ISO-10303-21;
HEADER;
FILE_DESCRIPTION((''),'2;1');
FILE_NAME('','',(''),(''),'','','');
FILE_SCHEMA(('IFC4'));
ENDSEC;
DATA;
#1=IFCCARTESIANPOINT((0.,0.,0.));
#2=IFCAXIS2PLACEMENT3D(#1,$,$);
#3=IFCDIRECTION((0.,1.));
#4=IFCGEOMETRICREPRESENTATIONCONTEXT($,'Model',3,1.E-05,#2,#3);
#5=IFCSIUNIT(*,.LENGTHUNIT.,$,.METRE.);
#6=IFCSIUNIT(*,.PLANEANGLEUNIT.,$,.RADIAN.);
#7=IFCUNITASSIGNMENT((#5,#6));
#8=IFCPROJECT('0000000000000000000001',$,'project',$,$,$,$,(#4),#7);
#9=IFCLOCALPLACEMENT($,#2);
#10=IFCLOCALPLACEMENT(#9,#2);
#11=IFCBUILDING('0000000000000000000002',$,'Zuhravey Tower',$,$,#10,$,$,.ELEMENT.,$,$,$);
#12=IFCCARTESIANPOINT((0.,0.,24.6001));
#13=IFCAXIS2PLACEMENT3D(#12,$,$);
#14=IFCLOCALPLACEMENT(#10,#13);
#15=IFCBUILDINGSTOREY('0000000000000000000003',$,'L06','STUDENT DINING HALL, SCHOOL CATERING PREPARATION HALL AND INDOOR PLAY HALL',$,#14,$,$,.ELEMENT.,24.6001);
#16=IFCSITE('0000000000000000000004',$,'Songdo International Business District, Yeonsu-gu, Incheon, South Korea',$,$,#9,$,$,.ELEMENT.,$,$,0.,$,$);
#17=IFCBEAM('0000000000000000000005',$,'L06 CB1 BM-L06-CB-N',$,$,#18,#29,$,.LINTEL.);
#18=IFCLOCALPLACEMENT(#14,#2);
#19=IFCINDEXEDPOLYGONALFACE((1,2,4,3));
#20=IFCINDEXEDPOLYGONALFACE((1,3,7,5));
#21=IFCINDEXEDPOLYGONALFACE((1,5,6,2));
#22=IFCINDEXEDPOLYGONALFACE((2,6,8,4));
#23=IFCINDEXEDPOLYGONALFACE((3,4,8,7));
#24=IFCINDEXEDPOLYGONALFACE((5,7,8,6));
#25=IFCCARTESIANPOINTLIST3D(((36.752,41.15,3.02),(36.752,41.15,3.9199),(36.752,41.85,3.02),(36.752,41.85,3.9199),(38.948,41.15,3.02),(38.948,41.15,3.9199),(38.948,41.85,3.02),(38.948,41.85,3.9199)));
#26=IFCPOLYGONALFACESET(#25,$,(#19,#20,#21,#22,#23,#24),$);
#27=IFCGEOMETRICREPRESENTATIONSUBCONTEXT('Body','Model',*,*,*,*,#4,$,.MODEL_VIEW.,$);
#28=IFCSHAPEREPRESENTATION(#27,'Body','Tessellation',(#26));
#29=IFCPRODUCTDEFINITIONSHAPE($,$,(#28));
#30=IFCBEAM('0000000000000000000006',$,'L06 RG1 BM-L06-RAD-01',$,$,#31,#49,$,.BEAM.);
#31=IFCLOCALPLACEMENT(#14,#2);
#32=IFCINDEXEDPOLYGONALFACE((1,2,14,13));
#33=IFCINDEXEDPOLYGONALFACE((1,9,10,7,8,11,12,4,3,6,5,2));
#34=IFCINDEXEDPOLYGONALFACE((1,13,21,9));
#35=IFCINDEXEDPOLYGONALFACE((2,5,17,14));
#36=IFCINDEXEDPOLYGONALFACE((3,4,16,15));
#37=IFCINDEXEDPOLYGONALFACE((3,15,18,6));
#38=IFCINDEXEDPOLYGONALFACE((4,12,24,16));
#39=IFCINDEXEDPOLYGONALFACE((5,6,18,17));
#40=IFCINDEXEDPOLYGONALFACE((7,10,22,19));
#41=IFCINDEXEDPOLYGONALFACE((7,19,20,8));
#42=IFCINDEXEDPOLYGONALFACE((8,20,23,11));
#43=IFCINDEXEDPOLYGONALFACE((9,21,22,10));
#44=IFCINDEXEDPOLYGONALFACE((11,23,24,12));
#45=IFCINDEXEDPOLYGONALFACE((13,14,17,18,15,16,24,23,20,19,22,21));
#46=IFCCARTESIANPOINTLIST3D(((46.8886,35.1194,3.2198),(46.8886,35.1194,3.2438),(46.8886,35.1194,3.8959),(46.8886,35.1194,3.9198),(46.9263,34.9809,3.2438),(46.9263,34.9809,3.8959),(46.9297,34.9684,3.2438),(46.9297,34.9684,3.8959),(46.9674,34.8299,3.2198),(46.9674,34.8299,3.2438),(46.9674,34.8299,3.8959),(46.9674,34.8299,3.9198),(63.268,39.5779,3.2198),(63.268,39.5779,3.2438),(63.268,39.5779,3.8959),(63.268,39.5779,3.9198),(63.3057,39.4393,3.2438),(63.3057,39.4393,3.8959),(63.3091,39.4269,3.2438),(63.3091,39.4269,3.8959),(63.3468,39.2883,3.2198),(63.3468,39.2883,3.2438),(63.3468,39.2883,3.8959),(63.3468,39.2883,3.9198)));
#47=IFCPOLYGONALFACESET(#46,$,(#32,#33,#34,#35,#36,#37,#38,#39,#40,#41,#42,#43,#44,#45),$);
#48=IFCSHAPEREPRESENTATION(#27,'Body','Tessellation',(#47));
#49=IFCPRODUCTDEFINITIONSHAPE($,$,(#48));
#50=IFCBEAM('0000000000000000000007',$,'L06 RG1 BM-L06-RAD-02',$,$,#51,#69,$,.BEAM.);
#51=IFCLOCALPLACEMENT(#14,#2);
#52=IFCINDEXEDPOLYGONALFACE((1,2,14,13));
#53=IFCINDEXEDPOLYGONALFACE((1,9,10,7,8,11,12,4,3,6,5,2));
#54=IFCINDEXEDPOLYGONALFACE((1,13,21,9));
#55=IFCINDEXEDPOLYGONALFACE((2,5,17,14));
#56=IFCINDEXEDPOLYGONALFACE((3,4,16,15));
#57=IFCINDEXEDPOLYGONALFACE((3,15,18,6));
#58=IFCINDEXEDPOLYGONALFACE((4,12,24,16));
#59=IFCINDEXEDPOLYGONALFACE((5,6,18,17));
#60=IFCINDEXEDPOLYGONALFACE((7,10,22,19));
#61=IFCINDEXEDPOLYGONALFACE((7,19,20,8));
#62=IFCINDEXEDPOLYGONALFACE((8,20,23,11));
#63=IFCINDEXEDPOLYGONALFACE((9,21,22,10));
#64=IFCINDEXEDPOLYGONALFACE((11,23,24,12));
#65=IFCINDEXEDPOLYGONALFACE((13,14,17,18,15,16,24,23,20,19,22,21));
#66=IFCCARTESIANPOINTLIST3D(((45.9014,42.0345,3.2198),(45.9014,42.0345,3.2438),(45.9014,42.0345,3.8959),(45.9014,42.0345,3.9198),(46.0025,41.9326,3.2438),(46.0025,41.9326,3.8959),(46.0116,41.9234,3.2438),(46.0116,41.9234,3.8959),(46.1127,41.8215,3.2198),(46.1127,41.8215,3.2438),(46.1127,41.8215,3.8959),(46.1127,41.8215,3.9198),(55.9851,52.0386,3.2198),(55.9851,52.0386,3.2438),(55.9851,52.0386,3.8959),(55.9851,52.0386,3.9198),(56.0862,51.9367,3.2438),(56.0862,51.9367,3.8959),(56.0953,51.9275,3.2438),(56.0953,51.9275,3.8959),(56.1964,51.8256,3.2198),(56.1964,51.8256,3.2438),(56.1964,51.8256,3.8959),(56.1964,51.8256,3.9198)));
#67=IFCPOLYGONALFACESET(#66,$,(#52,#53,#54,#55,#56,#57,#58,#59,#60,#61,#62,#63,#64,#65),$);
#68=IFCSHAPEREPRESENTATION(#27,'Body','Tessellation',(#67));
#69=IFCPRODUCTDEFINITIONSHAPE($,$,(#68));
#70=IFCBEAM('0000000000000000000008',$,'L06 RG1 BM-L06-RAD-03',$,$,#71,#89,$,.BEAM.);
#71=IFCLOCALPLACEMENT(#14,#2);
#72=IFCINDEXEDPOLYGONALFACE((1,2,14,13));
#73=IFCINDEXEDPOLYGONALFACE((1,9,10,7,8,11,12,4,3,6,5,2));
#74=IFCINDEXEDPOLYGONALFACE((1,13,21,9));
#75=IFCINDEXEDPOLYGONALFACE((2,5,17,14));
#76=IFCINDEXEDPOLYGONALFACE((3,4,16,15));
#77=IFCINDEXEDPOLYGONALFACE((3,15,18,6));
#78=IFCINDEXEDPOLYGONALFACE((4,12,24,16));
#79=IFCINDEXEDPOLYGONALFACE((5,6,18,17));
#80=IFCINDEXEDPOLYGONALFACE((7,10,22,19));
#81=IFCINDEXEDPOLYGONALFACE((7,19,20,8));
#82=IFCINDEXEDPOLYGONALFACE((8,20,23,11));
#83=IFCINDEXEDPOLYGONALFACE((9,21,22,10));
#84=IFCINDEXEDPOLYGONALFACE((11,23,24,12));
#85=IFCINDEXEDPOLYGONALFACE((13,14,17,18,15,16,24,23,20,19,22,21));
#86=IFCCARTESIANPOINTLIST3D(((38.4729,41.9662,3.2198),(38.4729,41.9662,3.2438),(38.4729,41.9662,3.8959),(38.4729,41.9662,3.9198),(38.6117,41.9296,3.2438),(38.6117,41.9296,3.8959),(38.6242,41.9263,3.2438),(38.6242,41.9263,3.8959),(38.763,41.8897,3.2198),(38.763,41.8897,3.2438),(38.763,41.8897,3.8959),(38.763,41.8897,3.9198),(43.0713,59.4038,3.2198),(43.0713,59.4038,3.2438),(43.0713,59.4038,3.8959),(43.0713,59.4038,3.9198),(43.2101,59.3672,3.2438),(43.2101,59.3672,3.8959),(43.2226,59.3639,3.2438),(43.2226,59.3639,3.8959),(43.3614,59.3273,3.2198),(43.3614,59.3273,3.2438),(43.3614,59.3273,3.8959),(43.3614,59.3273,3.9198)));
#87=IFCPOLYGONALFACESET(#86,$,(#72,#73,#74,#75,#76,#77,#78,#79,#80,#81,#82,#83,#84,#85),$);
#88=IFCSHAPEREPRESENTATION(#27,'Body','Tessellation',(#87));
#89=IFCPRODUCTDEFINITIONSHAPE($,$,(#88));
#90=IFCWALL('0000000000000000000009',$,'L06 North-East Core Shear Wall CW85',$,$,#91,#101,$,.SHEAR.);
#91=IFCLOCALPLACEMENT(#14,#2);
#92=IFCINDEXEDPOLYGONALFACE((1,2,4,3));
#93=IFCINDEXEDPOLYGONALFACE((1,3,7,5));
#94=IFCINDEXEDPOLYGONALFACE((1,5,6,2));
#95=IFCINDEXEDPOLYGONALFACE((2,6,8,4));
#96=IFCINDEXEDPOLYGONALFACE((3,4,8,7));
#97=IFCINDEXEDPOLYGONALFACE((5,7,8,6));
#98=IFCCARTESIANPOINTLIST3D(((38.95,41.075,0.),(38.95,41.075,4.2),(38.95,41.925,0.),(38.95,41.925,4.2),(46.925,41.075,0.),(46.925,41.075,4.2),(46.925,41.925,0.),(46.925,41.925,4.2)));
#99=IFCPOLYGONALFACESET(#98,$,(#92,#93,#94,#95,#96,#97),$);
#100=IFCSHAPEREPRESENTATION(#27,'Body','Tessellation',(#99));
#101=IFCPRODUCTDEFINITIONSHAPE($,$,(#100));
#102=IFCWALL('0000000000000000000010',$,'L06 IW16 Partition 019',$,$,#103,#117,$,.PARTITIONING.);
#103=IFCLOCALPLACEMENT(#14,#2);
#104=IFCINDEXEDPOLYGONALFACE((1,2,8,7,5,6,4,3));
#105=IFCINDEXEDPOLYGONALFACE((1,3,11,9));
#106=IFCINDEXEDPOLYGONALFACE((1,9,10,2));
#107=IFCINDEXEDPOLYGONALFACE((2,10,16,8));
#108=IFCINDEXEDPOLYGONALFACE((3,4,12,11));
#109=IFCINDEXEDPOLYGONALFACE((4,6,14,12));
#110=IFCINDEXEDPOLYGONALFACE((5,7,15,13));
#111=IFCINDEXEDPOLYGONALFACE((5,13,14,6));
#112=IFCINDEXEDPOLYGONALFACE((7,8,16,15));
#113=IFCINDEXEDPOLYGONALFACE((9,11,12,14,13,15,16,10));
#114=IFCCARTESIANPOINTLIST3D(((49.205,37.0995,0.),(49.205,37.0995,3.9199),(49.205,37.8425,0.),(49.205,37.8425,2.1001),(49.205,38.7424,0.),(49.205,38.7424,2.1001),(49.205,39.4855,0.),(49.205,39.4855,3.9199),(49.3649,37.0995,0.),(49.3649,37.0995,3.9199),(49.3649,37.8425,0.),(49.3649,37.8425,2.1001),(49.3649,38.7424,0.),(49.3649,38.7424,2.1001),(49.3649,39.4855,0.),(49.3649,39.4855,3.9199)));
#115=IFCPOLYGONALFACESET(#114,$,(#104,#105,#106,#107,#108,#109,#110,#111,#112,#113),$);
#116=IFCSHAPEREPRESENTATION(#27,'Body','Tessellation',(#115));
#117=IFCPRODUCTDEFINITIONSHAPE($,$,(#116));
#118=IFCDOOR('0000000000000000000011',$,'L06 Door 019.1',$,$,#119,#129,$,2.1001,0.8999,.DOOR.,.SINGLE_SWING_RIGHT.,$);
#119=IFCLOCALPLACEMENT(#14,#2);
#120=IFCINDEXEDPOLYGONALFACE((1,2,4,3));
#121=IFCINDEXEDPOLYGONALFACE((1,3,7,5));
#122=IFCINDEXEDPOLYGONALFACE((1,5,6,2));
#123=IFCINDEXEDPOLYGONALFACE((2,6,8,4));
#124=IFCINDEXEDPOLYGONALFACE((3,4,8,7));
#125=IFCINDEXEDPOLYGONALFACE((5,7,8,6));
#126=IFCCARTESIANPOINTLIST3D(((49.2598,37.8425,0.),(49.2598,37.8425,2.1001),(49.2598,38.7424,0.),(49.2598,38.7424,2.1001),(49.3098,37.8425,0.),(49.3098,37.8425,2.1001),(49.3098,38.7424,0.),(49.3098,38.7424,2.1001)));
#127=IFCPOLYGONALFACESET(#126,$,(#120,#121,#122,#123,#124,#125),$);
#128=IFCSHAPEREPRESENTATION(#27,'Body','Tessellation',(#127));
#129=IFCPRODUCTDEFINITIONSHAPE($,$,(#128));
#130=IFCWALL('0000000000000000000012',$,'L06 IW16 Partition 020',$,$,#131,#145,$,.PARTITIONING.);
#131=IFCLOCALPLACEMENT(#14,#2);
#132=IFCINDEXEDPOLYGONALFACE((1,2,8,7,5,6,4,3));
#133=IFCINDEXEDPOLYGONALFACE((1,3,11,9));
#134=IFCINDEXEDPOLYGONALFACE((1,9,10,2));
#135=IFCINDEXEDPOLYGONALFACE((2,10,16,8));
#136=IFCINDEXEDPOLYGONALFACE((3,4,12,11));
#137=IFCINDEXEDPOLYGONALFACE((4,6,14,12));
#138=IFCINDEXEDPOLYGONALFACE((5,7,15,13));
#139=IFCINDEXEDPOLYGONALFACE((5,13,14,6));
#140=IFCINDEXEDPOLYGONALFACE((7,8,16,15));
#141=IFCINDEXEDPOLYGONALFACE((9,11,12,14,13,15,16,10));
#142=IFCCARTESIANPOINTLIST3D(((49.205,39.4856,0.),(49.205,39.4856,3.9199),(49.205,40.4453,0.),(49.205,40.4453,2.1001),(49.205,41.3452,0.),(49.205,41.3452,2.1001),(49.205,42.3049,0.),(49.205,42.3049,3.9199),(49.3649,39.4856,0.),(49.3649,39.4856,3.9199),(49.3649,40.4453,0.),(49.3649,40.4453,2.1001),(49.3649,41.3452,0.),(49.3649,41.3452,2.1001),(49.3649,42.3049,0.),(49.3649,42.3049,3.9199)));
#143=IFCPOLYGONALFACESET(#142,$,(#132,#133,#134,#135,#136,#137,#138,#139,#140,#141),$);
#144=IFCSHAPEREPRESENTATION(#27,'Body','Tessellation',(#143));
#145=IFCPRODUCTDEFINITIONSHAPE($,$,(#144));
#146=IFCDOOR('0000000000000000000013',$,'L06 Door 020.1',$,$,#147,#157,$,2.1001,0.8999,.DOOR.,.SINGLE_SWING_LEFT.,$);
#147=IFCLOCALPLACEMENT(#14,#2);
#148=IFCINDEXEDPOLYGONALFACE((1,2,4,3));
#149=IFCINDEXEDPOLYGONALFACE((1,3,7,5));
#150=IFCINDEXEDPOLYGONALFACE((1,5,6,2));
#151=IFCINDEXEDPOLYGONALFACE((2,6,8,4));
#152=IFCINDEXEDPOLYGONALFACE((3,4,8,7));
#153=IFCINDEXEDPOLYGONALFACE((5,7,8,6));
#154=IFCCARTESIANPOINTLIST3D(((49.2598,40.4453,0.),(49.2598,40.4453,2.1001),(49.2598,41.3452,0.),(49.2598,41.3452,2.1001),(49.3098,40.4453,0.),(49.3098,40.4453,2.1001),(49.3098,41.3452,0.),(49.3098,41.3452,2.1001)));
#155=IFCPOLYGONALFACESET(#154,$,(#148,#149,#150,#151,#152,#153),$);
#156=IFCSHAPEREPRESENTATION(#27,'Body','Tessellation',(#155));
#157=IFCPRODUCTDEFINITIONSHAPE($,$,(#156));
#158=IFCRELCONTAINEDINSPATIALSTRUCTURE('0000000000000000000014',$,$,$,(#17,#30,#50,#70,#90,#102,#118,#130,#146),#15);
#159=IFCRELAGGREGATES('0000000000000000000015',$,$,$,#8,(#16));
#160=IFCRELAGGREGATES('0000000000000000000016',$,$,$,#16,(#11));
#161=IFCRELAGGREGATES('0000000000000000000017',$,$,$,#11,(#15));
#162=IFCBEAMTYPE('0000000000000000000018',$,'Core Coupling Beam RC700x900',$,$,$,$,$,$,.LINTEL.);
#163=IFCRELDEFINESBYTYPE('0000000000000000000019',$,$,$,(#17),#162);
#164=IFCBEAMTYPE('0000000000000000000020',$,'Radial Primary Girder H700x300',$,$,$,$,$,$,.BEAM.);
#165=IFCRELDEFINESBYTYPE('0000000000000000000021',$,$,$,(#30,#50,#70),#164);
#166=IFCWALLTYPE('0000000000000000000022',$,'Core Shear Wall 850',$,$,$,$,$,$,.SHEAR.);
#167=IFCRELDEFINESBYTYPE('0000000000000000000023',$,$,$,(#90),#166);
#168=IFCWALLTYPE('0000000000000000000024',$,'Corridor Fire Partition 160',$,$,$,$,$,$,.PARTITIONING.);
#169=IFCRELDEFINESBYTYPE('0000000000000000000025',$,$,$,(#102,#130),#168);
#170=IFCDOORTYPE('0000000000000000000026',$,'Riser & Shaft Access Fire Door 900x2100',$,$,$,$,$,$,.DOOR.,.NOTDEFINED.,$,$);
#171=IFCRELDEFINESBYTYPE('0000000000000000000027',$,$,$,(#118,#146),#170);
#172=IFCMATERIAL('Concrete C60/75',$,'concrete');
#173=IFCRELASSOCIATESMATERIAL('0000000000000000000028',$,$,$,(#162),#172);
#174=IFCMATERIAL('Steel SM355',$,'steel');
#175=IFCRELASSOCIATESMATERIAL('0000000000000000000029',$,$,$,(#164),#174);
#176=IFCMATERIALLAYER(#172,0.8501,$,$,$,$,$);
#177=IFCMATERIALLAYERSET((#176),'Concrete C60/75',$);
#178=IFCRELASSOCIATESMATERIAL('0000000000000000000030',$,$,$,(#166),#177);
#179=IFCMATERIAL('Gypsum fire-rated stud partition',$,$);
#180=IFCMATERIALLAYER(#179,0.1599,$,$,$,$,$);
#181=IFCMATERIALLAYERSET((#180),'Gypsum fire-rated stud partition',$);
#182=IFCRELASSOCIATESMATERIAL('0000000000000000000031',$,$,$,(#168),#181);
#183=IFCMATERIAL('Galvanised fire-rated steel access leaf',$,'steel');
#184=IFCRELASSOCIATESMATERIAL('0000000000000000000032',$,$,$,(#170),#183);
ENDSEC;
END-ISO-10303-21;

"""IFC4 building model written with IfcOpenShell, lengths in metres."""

from ifc_helpers import new_model, si_unit, direction, frame, frame_2d, origin, origin_2d, place, context, subcontext, project, spatial, rectangle, i_section, extrude, material, layer, layer_set, material_profile, profile_set, type_object, element, fill, save


model = new_model("IFC4")

# Units and contexts
model_context = context("Model", 3, precision=1e-05, world=origin(), true_north=direction((0.0, 1.0)))
body_context = subcontext(model_context, "Body", "Model", "MODEL_VIEW")
ifc_project = project(units=[si_unit("LENGTHUNIT", "METRE"), si_unit("PLANEANGLEUNIT", "RADIAN")], contexts=[model_context])

# Site, building, storey
site_placement = place(None, origin())
site = spatial("IfcSite", under=ifc_project, at=site_placement, Name="Songdo International Business District, Yeonsu-gu, Incheon, South Korea", CompositionType="ELEMENT", RefElevation=0.0)
building_placement = place(site_placement, origin())
building = spatial("IfcBuilding", under=site, at=building_placement, Name="Zuhravey Tower", CompositionType="ELEMENT")
storey_placement = place(building_placement, frame((0.0, 0.0, 24.6001)))
storey = spatial("IfcBuildingStorey", under=building, at=storey_placement, Name="L06", Description="STUDENT DINING HALL, SCHOOL CATERING PREPARATION HALL AND INDOOR PLAY HALL", CompositionType="ELEMENT", Elevation=24.6001)

# Beams
ifc_material_1 = material(Name="Concrete C60/75", Category="concrete")
ifc_material_profile_1 = material_profile(ifc_material_1, rectangle(XDim=0.7, YDim=0.8999, at=origin_2d()), Name="RC-700x900")
ifc_profile_set_1 = profile_set([ifc_material_profile_1], Name="Concrete C60/75")
beam_type_1 = type_object("IfcBeamType", Name="Core Coupling Beam RC700x900", PredefinedType="LINTEL", material=ifc_profile_set_1)
beam_1_placement = place(storey_placement, frame((36.752, 41.5, 3.47), z_axis=(1.0, 0.0, 0.0), x_axis=(0.0, 1.0, 0.0)))
element("IfcBeam", 1, at=beam_1_placement, inside=storey, type_object=beam_type_1, Name="L06 CB1 BM-L06-CB-N", PredefinedType="LINTEL", context=body_context, shape_type="SweptSolid", body=[
    extrude(rectangle(XDim=0.7, YDim=0.8999, at=origin_2d()), origin(), (0.0, 0.0, 1.0), 2.196),
])
ifc_material_2 = material(Name="Steel SM355", Category="steel")
ifc_material_profile_2 = material_profile(ifc_material_2, i_section(OverallWidth=0.3, OverallDepth=0.7, WebThickness=0.0129, FlangeThickness=0.0239, at=origin_2d()), Name="H-700x300x13x24")
ifc_profile_set_2 = profile_set([ifc_material_profile_2], Name="Steel SM355")
beam_type_2 = type_object("IfcBeamType", Name="Radial Primary Girder H700x300", PredefinedType="BEAM", material=ifc_profile_set_2)
beam_2_placement = place(storey_placement, frame((46.928, 34.9746, 3.5698), z_axis=(0.964892, 0.262645, 0.0), x_axis=(-0.262645, 0.964892, 0.0)))
element("IfcBeam", 2, at=beam_2_placement, inside=storey, type_object=beam_type_2, Name="L06 RG1 BM-L06-RAD-01", PredefinedType="BEAM", context=body_context, shape_type="SweptSolid", body=[
    extrude(i_section(OverallWidth=0.3, OverallDepth=0.7, WebThickness=0.0129, FlangeThickness=0.0239, at=origin_2d()), origin(), (0.0, 0.0, 1.0), 16.9753),
])
beam_3_placement = place(storey_placement, frame((46.0071, 41.928, 3.5698), z_axis=(0.709903, 0.7043, 0.0), x_axis=(-0.7043, 0.709903, 0.0)))
element("IfcBeam", 3, at=beam_3_placement, inside=storey, type_object=beam_type_2, Name="L06 RG1 BM-L06-RAD-02", PredefinedType="BEAM", context=body_context, shape_type="SweptSolid", body=[
    extrude(i_section(OverallWidth=0.3, OverallDepth=0.7, WebThickness=0.0129, FlangeThickness=0.0239, at=origin_2d()), origin(), (0.0, 0.0, 1.0), 14.2043),
])
beam_4_placement = place(storey_placement, frame((38.6179, 41.928, 3.5698), z_axis=(0.25499, 0.966944, 0.0), x_axis=(-0.966944, 0.25499, 0.0)))
element("IfcBeam", 4, at=beam_4_placement, inside=storey, type_object=beam_type_2, Name="L06 RG1 BM-L06-RAD-03", PredefinedType="BEAM", context=body_context, shape_type="SweptSolid", body=[
    extrude(i_section(OverallWidth=0.3, OverallDepth=0.7, WebThickness=0.0129, FlangeThickness=0.0239, at=origin_2d()), origin(), (0.0, 0.0, 1.0), 18.0337),
])

# Wall
ifc_layer_1 = layer(ifc_material_1, 0.8501)
ifc_layer_set_1 = layer_set([ifc_layer_1], Name="Concrete C60/75")
wall_type_1 = type_object("IfcWallType", Name="Core Shear Wall 850", PredefinedType="SHEAR", material=ifc_layer_set_1)
wall_1_placement = place(storey_placement, frame((46.925, 41.5, 0.0), z_axis=(0.0, 0.0, 1.0), x_axis=(-1.0, 0.0, 0.0)))
element("IfcWall", 5, at=wall_1_placement, inside=storey, type_object=wall_type_1, Name="L06 North-East Core Shear Wall CW85", PredefinedType="SHEAR", context=body_context, shape_type="SweptSolid", body=[
    extrude(rectangle(XDim=7.9751, YDim=0.8501, at=frame_2d((3.9875, 0.0))), origin(), (0.0, 0.0, 1.0), 4.2),
])

# Walls, openings, doors
ifc_material_3 = material(Name="Gypsum fire-rated stud partition")
ifc_layer_2 = layer(ifc_material_3, 0.1599)
ifc_layer_set_2 = layer_set([ifc_layer_2], Name="Gypsum fire-rated stud partition")
wall_type_2 = type_object("IfcWallType", Name="Corridor Fire Partition 160", PredefinedType="PARTITIONING", material=ifc_layer_set_2)
wall_2_placement = place(storey_placement, frame((49.2849, 37.0996, 0.0), z_axis=(0.0, 0.0, 1.0), x_axis=(0.0, 1.0, 0.0)))
wall_2 = element("IfcWall", 6, at=wall_2_placement, inside=storey, type_object=wall_type_2, Name="L06 IW16 Partition 019", PredefinedType="PARTITIONING", context=body_context, shape_type="SweptSolid", body=[
    extrude(rectangle(XDim=2.386, YDim=0.1599, at=frame_2d((1.1929, 0.0))), origin(), (0.0, 0.0, 1.0), 3.9199),
])
opening_1_placement = place(wall_2_placement, frame((0.7429, 0.0, 0.0)))
opening_1 = element("IfcOpeningElement", 7, at=opening_1_placement, cuts=wall_2, PredefinedType="OPENING", context=body_context, shape_type="SweptSolid", body=[
    extrude(rectangle(XDim=0.8999, YDim=2.1001, at=frame_2d((0.45, 1.05))), frame((0.0, 0.092, 0.0), z_axis=(0.0, -1.0, 0.0), x_axis=(1.0, 0.0, 0.0)), (0.0, 0.0, 1.0), 0.1838),
])
ifc_material_4 = material(Name="Galvanised fire-rated steel access leaf", Category="steel")
door_type_1 = type_object("IfcDoorType", Name="Riser & Shaft Access Fire Door 900x2100", OperationType="NOTDEFINED", PredefinedType="DOOR", material=ifc_material_4)
door_1_placement = place(opening_1_placement, frame((0.8999, 0.0, 0.0), z_axis=(0.0, 0.0, 1.0), x_axis=(-1.0, 0.0, 0.0)))
door_1 = element("IfcDoor", 8, at=door_1_placement, inside=storey, type_object=door_type_1, Name="L06 Door 019.1", OperationType="SINGLE_SWING_RIGHT", OverallHeight=2.1001, OverallWidth=0.8999, PredefinedType="DOOR", context=body_context, shape_type="SweptSolid", body=[
    extrude(rectangle(XDim=0.8999, YDim=2.1001, at=frame_2d((0.45, 1.05))), frame((0.0, 0.0249, 0.0), z_axis=(0.0, -1.0, 0.0), x_axis=(1.0, 0.0, 0.0)), (0.0, 0.0, 1.0), 0.05),
])
fill(opening_1, door_1)
wall_3_placement = place(storey_placement, frame((49.2849, 39.4856, 0.0), z_axis=(0.0, 0.0, 1.0), x_axis=(0.0, 1.0, 0.0)))
wall_3 = element("IfcWall", 9, at=wall_3_placement, inside=storey, type_object=wall_type_2, Name="L06 IW16 Partition 020", PredefinedType="PARTITIONING", context=body_context, shape_type="SweptSolid", body=[
    extrude(rectangle(XDim=2.8193, YDim=0.1599, at=frame_2d((1.4097, 0.0))), origin(), (0.0, 0.0, 1.0), 3.9199),
])
opening_2_placement = place(wall_3_placement, frame((0.9597, 0.0, 0.0)))
opening_2 = element("IfcOpeningElement", 10, at=opening_2_placement, cuts=wall_3, PredefinedType="OPENING", context=body_context, shape_type="SweptSolid", body=[
    extrude(rectangle(XDim=0.8999, YDim=2.1001, at=frame_2d((0.45, 1.05))), frame((0.0, 0.092, 0.0), z_axis=(0.0, -1.0, 0.0), x_axis=(1.0, 0.0, 0.0)), (0.0, 0.0, 1.0), 0.1838),
])
door_2_placement = place(opening_2_placement, frame((0.8999, 0.0, 0.0), z_axis=(0.0, 0.0, 1.0), x_axis=(-1.0, 0.0, 0.0)))
door_2 = element("IfcDoor", 11, at=door_2_placement, inside=storey, type_object=door_type_1, Name="L06 Door 020.1", OperationType="SINGLE_SWING_LEFT", OverallHeight=2.1001, OverallWidth=0.8999, PredefinedType="DOOR", context=body_context, shape_type="SweptSolid", body=[
    extrude(rectangle(XDim=0.8999, YDim=2.1001, at=frame_2d((0.45, 1.05))), frame((0.0, 0.0249, 0.0), z_axis=(0.0, -1.0, 0.0), x_axis=(1.0, 0.0, 0.0)), (0.0, 0.0, 1.0), 0.05),
])
fill(opening_2, door_2)

save(model, "model.ifc")
